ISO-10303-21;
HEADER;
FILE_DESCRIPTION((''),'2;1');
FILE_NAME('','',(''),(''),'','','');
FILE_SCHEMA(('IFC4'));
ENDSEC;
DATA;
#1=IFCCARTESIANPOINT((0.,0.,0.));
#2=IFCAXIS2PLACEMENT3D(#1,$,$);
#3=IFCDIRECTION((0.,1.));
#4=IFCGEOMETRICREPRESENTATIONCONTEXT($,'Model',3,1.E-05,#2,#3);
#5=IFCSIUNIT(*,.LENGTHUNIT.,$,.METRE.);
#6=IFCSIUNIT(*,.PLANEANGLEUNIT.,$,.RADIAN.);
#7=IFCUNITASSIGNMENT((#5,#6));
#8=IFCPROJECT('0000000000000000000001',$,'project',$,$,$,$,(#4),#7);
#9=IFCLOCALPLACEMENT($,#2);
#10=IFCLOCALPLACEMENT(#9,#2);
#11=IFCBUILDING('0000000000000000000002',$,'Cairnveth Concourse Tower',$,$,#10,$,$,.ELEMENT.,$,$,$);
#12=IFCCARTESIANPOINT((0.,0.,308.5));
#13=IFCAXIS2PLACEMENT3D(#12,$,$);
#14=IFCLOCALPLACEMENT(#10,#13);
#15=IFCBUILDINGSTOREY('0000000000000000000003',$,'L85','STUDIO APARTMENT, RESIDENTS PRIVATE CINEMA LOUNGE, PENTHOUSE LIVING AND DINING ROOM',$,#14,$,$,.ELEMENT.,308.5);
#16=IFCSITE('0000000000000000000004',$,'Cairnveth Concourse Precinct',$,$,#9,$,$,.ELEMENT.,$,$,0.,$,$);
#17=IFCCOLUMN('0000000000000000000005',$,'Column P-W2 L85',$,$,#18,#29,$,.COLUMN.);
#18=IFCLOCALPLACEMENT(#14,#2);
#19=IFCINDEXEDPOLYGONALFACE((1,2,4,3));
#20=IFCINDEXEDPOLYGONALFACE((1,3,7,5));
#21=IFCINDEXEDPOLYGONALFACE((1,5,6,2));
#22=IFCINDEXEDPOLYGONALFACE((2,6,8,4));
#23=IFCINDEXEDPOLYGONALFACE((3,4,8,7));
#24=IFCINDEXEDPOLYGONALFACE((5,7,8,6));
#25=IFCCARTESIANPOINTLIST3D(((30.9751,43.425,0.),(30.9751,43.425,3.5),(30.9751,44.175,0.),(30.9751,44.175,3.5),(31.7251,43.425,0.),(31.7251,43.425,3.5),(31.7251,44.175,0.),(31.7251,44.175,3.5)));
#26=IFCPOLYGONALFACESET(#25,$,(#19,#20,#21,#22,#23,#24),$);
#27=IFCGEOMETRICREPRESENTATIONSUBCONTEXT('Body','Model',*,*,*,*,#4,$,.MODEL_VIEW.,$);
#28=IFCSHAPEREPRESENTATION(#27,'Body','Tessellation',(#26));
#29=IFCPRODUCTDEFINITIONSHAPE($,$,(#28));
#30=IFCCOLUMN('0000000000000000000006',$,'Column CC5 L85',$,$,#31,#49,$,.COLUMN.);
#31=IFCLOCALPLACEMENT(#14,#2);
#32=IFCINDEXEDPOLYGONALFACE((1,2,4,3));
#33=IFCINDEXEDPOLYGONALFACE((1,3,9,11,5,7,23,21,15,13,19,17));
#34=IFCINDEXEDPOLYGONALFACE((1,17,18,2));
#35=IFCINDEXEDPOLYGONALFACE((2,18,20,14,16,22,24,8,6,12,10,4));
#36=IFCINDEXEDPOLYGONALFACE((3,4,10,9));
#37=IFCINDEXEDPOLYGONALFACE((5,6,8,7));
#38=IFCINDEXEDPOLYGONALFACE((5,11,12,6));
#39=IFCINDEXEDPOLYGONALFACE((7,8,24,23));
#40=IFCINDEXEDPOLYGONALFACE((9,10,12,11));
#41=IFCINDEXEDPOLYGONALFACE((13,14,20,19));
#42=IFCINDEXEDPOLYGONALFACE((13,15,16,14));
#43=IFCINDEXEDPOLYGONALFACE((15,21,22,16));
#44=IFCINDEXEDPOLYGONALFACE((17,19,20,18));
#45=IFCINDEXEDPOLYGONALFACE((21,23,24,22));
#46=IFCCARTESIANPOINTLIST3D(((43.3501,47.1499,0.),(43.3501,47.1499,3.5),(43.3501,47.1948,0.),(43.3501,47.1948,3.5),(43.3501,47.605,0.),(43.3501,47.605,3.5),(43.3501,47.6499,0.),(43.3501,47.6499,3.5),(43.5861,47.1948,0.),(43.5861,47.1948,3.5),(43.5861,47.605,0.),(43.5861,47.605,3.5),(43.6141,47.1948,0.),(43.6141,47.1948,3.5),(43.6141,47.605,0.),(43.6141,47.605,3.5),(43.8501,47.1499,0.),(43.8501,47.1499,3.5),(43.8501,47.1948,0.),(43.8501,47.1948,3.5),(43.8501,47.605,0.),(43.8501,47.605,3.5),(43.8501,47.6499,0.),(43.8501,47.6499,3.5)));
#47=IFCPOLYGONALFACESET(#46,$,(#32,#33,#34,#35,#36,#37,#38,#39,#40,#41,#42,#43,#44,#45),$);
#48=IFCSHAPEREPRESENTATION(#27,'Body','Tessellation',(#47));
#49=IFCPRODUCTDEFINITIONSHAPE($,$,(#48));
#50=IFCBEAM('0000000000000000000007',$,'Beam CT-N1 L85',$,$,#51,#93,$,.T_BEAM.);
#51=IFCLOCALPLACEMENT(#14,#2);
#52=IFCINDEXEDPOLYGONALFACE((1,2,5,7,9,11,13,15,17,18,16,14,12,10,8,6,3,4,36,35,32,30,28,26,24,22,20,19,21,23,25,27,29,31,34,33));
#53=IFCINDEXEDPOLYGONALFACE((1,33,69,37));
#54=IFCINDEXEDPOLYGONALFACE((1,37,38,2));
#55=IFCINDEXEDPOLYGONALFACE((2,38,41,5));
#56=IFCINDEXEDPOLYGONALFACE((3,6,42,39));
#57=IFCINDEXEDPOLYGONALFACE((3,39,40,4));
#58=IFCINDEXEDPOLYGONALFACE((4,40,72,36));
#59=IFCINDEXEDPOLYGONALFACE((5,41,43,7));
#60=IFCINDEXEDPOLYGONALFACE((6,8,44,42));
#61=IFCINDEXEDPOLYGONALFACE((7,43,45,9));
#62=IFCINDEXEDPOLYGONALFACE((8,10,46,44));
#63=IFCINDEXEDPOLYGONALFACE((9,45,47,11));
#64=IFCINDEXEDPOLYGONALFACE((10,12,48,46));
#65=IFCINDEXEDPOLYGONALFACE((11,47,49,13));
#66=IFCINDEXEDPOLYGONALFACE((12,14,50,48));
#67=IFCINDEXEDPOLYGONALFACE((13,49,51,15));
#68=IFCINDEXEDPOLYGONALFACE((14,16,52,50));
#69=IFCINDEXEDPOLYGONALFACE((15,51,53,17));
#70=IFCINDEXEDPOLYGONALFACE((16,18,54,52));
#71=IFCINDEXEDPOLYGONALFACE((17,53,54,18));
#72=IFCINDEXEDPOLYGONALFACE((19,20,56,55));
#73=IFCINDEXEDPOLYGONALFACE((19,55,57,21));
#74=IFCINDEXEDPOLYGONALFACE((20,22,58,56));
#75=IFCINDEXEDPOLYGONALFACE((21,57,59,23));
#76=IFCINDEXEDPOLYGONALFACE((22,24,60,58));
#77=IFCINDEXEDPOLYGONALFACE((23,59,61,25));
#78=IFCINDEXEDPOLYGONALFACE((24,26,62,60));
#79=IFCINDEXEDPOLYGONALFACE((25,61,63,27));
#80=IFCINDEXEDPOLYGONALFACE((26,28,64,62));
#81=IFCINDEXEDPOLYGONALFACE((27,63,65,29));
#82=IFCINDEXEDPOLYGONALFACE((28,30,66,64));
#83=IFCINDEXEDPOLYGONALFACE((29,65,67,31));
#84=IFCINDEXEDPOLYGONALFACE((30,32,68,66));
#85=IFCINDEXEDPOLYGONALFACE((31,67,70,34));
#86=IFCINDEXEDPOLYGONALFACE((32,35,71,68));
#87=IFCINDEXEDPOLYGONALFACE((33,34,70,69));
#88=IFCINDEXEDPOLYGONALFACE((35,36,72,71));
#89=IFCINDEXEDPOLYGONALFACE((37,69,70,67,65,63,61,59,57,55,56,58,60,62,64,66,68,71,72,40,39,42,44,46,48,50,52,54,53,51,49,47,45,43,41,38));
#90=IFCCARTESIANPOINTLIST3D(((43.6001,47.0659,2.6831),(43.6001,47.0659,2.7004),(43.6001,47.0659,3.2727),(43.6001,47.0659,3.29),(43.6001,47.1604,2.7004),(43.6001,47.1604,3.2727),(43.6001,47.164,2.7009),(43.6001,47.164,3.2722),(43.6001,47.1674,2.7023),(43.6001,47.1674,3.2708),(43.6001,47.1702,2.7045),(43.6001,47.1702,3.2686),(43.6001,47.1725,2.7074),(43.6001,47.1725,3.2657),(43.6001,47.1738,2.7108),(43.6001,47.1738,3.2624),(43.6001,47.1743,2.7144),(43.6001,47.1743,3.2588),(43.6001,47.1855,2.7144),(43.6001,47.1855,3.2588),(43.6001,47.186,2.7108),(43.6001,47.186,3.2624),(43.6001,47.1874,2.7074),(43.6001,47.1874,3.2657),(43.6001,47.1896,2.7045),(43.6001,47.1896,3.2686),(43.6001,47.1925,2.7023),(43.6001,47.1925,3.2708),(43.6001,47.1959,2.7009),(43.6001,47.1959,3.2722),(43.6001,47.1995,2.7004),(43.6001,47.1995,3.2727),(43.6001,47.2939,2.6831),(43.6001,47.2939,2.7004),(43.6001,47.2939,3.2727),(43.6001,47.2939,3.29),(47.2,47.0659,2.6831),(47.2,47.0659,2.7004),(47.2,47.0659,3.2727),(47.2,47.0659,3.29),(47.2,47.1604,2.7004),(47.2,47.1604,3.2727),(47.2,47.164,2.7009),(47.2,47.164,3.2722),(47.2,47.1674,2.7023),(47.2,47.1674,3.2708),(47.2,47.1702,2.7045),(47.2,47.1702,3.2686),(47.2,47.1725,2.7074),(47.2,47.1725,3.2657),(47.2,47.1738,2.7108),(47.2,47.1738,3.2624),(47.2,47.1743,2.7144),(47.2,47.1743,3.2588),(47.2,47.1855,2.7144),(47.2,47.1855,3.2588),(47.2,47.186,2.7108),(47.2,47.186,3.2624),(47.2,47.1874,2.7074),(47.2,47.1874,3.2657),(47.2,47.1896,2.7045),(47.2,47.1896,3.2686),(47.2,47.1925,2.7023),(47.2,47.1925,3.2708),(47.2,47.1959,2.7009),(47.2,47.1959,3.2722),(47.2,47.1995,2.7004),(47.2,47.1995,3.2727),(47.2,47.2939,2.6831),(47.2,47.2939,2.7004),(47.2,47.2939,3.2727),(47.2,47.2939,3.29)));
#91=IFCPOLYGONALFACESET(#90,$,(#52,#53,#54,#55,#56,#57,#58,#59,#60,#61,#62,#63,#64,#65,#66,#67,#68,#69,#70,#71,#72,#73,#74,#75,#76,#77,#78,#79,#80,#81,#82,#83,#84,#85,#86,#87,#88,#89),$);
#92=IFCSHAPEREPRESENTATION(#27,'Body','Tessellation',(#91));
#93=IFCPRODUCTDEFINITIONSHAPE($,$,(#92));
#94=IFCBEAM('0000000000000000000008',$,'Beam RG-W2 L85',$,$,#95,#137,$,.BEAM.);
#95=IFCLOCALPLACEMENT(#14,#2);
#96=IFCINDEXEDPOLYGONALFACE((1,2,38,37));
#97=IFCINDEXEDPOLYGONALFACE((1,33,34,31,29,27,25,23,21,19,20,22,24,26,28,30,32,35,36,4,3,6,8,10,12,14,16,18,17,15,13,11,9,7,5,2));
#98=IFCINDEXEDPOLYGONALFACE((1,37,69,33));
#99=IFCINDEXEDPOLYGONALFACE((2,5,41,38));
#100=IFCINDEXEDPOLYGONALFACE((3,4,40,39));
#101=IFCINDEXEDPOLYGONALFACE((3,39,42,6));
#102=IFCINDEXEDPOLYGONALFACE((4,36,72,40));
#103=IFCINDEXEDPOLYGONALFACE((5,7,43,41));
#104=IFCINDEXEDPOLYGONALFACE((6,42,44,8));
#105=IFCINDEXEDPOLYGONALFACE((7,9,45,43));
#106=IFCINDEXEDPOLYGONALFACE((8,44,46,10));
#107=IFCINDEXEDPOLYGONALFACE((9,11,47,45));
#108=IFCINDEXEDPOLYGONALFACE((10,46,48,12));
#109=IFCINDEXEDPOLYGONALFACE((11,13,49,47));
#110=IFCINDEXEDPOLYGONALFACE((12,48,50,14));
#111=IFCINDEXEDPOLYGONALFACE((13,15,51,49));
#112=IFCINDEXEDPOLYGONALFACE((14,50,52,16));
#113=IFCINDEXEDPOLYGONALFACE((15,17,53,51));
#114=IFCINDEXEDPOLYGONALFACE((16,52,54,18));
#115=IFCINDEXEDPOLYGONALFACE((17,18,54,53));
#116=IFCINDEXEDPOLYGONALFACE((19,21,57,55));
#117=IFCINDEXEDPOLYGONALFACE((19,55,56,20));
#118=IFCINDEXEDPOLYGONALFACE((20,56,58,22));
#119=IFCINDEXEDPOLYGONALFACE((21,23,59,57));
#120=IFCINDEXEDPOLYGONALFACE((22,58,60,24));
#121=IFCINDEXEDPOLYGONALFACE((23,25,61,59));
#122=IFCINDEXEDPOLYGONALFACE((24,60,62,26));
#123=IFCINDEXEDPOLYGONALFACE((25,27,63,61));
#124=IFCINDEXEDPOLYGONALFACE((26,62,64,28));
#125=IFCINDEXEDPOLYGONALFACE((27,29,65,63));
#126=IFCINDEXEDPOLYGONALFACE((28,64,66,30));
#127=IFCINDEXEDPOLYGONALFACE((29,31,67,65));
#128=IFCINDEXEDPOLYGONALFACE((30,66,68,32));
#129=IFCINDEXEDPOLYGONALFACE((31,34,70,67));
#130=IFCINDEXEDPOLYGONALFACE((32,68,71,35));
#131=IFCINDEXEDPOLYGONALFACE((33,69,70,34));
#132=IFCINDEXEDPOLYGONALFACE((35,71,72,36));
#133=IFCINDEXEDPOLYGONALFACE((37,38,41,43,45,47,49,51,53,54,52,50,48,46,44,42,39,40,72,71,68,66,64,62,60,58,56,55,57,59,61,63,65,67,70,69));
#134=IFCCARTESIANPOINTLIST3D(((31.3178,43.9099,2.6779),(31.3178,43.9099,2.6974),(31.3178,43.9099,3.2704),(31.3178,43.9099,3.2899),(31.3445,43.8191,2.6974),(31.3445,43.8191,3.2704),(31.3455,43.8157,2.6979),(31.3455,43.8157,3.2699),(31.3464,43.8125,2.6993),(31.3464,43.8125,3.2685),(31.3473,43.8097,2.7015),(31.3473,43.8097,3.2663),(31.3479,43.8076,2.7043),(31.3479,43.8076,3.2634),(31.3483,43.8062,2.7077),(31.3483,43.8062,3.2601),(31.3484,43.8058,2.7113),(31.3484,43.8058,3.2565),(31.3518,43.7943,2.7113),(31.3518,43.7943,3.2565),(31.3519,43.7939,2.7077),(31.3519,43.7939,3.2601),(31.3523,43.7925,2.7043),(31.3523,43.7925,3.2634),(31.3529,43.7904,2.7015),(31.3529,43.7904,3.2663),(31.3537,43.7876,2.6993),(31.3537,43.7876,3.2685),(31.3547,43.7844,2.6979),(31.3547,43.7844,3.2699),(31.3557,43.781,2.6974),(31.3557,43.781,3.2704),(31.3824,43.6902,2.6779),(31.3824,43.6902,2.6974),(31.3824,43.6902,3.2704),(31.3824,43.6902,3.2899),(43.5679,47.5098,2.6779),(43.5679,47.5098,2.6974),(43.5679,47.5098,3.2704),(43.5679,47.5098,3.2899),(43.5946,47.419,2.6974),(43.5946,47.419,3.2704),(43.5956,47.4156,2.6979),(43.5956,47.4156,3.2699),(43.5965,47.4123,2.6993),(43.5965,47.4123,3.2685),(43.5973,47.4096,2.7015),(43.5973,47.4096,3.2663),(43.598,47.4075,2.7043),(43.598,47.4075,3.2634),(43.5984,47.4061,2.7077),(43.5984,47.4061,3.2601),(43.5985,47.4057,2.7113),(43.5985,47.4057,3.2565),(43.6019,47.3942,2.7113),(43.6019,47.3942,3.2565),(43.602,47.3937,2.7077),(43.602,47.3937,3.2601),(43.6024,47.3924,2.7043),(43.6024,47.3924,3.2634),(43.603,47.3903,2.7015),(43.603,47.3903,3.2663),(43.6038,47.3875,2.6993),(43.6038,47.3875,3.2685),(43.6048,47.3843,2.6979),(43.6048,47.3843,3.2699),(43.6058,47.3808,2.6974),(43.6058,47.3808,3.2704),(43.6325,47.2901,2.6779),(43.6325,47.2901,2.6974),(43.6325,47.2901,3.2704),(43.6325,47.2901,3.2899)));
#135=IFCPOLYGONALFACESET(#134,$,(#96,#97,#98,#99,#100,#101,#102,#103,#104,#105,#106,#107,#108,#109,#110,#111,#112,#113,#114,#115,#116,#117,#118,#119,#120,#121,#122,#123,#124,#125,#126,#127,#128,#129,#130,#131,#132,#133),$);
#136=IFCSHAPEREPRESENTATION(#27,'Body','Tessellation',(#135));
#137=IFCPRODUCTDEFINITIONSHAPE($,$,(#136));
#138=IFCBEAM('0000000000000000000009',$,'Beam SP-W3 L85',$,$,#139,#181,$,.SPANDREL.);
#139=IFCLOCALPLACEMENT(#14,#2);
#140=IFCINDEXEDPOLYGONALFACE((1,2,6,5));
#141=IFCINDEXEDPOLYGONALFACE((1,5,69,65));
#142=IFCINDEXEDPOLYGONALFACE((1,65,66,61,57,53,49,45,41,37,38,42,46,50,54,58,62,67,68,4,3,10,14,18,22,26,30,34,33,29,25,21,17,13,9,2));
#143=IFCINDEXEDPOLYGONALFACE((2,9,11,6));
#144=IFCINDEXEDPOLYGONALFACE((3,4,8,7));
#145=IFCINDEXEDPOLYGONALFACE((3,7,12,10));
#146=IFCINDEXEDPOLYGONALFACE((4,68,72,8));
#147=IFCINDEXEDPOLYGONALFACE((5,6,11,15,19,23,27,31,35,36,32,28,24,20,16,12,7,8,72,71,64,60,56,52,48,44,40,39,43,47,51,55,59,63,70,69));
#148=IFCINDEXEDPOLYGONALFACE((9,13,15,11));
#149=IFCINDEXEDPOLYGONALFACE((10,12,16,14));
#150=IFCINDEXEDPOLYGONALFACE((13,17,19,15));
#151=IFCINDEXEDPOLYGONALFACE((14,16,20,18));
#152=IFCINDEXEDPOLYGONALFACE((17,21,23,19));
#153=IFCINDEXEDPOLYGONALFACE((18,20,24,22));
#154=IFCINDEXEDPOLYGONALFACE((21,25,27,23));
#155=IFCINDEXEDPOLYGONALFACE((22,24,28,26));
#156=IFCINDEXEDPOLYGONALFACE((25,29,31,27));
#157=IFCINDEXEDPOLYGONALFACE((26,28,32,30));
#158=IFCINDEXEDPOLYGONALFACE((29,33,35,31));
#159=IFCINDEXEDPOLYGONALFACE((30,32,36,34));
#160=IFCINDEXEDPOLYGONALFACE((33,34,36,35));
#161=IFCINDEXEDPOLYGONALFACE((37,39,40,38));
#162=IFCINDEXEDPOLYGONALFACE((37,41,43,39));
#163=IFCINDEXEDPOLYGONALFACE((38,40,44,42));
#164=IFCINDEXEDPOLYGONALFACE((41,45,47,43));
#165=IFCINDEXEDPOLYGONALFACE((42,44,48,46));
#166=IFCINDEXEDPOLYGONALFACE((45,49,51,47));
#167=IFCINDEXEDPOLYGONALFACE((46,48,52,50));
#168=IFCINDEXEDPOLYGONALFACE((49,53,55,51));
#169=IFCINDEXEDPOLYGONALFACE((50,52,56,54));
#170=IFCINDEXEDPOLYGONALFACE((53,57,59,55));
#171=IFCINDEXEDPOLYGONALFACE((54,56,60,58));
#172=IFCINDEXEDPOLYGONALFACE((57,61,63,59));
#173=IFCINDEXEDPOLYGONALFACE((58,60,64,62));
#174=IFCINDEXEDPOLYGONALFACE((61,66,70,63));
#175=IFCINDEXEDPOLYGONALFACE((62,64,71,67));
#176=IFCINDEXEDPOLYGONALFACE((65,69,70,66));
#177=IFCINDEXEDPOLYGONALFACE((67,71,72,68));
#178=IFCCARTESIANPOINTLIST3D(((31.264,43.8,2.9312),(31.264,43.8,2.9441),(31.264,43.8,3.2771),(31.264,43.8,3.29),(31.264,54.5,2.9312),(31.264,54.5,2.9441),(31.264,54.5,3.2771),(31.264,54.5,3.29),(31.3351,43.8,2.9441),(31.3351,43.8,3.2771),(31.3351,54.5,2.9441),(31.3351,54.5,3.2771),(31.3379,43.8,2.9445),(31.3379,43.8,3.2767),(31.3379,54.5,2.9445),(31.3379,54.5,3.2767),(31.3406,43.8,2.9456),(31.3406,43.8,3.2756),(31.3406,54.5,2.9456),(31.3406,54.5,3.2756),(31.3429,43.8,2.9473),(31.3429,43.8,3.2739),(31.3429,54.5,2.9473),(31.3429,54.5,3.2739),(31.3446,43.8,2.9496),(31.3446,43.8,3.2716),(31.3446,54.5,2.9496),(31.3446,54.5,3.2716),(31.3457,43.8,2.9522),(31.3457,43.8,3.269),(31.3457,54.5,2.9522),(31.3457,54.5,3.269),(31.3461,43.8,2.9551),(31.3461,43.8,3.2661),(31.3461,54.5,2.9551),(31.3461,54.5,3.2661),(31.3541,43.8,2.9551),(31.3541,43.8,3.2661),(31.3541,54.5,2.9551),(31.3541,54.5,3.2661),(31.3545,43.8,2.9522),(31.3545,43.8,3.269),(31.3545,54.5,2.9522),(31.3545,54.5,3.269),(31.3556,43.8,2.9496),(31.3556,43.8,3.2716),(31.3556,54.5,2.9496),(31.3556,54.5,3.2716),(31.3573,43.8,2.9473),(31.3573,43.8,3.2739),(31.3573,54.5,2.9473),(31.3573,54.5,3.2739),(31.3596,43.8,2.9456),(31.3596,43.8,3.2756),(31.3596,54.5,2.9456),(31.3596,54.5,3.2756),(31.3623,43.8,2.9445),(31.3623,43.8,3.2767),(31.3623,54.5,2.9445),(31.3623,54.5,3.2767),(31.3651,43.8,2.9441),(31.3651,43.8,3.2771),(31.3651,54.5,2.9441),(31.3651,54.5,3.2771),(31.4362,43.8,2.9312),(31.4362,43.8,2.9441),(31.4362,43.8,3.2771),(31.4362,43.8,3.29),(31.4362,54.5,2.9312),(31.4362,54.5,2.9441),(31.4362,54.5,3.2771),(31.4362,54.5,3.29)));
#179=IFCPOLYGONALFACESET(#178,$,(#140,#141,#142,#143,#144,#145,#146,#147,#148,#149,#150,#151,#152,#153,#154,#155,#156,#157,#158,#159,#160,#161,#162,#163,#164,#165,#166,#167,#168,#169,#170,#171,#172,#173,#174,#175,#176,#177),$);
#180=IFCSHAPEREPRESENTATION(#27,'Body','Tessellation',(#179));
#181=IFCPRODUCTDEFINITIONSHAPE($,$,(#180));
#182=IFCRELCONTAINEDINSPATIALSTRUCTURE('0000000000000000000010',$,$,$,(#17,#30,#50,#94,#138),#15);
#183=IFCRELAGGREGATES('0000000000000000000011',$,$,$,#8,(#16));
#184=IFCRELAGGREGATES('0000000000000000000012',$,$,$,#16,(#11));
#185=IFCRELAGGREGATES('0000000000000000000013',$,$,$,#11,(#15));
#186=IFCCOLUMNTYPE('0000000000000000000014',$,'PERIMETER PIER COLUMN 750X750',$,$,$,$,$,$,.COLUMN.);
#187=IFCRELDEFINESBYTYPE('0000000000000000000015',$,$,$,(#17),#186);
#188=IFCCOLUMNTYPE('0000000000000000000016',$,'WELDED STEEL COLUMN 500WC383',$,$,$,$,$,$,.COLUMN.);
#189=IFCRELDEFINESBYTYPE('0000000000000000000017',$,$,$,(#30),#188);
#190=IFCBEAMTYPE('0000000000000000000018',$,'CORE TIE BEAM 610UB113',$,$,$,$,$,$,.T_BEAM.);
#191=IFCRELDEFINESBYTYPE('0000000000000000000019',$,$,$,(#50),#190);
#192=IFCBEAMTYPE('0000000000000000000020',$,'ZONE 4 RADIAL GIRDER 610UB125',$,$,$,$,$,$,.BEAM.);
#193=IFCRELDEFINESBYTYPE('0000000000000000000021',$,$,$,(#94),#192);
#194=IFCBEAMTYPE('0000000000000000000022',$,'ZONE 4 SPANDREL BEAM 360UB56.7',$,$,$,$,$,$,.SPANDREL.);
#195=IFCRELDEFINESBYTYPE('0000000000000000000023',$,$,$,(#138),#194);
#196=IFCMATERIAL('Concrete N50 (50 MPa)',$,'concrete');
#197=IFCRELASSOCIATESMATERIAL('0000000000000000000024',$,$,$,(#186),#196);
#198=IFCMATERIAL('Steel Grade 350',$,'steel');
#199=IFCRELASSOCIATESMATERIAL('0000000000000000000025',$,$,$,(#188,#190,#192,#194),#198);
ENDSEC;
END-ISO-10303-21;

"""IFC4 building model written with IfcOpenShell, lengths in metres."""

from ifc_helpers import new_model, si_unit, direction, frame, origin, origin_2d, place, context, subcontext, project, spatial, rectangle, i_section, extrude, material, material_profile, profile_set, type_object, element, save


model = new_model("IFC4")

# Units and contexts
model_context = context("Model", 3, precision=1e-05, world=origin(), true_north=direction((0.0, 1.0)))
body_context = subcontext(model_context, "Body", "Model", "MODEL_VIEW")
ifc_project = project(units=[si_unit("LENGTHUNIT", "METRE"), si_unit("PLANEANGLEUNIT", "RADIAN")], contexts=[model_context])

# Site, building, storey
site_placement = place(None, origin())
site = spatial("IfcSite", under=ifc_project, at=site_placement, Name="Cairnveth Concourse Precinct", CompositionType="ELEMENT", RefElevation=0.0)
building_placement = place(site_placement, origin())
building = spatial("IfcBuilding", under=site, at=building_placement, Name="Cairnveth Concourse Tower", CompositionType="ELEMENT")
storey_placement = place(building_placement, frame((0.0, 0.0, 308.5)))
storey = spatial("IfcBuildingStorey", under=building, at=storey_placement, Name="L85", Description="STUDIO APARTMENT, RESIDENTS PRIVATE CINEMA LOUNGE, PENTHOUSE LIVING AND DINING ROOM", CompositionType="ELEMENT", Elevation=308.5)

# Columns
ifc_material_1 = material(Name="Concrete N50 (50 MPa)", Category="concrete")
ifc_material_profile_1 = material_profile(ifc_material_1, rectangle(XDim=0.75, YDim=0.75, at=origin_2d()), Name="RC-COL-750x750")
ifc_profile_set_1 = profile_set([ifc_material_profile_1], Name="Concrete N50 (50 MPa)")
column_type_1 = type_object("IfcColumnType", Name="PERIMETER PIER COLUMN 750X750", PredefinedType="COLUMN", material=ifc_profile_set_1)
column_1_placement = place(storey_placement, frame((31.3501, 43.8, 0.0), z_axis=(0.0, 0.0, 1.0), x_axis=(0.0, 1.0, 0.0)))
element("IfcColumn", 1, at=column_1_placement, inside=storey, type_object=column_type_1, Name="Column P-W2 L85", PredefinedType="COLUMN", context=body_context, shape_type="SweptSolid", body=[
    extrude(rectangle(XDim=0.75, YDim=0.75, at=origin_2d()), origin(), (0.0, 0.0, 1.0), 3.5),
])
ifc_material_2 = material(Name="Steel Grade 350", Category="steel")
ifc_material_profile_2 = material_profile(ifc_material_2, i_section(OverallWidth=0.5, OverallDepth=0.5, WebThickness=0.0281, FlangeThickness=0.0449, at=origin_2d()), Name="500WC383")
ifc_profile_set_2 = profile_set([ifc_material_profile_2], Name="Steel Grade 350")
column_type_2 = type_object("IfcColumnType", Name="WELDED STEEL COLUMN 500WC383", PredefinedType="COLUMN", material=ifc_profile_set_2)
column_2_placement = place(storey_placement, frame((43.6001, 47.3999, 0.0), z_axis=(0.0, 0.0, 1.0), x_axis=(1.0, 0.0, 0.0)))
element("IfcColumn", 2, at=column_2_placement, inside=storey, type_object=column_type_2, Name="Column CC5 L85", PredefinedType="COLUMN", context=body_context, shape_type="SweptSolid", body=[
    extrude(i_section(OverallWidth=0.5, OverallDepth=0.5, WebThickness=0.0281, FlangeThickness=0.0449, at=origin_2d()), origin(), (0.0, 0.0, 1.0), 3.5),
])

# Beams
ifc_material_profile_3 = material_profile(ifc_material_2, i_section(OverallWidth=0.228, OverallDepth=0.6069, WebThickness=0.0112, FlangeThickness=0.0173, FilletRadius=0.0139, at=origin_2d()), Name="610UB113")
ifc_profile_set_3 = profile_set([ifc_material_profile_3], Name="Steel Grade 350")
beam_type_1 = type_object("IfcBeamType", Name="CORE TIE BEAM 610UB113", PredefinedType="T_BEAM", material=ifc_profile_set_3)
beam_1_placement = place(storey_placement, frame((43.6001, 47.1799, 2.9866), z_axis=(1.0, 0.0, 0.0), x_axis=(0.0, 1.0, 0.0)))
element("IfcBeam", 3, at=beam_1_placement, inside=storey, type_object=beam_type_1, Name="Beam CT-N1 L85", PredefinedType="T_BEAM", context=body_context, shape_type="SweptSolid", body=[
    extrude(i_section(OverallWidth=0.228, OverallDepth=0.6069, WebThickness=0.0112, FlangeThickness=0.0173, FilletRadius=0.0139, at=origin_2d()), origin(), (0.0, 0.0, 1.0), 3.5999),
])
ifc_material_profile_4 = material_profile(ifc_material_2, i_section(OverallWidth=0.229, OverallDepth=0.6121, WebThickness=0.012, FlangeThickness=0.0195, FilletRadius=0.0139, at=origin_2d()), Name="610UB125")
ifc_profile_set_4 = profile_set([ifc_material_profile_4], Name="Steel Grade 350")
beam_type_2 = type_object("IfcBeamType", Name="ZONE 4 RADIAL GIRDER 610UB125", PredefinedType="BEAM", material=ifc_profile_set_4)
beam_2_placement = place(storey_placement, frame((31.3501, 43.8, 2.9839), z_axis=(0.959431, 0.281944, 0.0), x_axis=(-0.281944, 0.959431, 0.0)))
element("IfcBeam", 4, at=beam_2_placement, inside=storey, type_object=beam_type_2, Name="Beam RG-W2 L85", PredefinedType="BEAM", context=body_context, shape_type="SweptSolid", body=[
    extrude(i_section(OverallWidth=0.229, OverallDepth=0.6121, WebThickness=0.012, FlangeThickness=0.0195, FilletRadius=0.0139, at=origin_2d()), origin(), (0.0, 0.0, 1.0), 12.7681),
])
ifc_material_profile_5 = material_profile(ifc_material_2, i_section(OverallWidth=0.1721, OverallDepth=0.3589, WebThickness=0.0081, FlangeThickness=0.0129, FilletRadius=0.011, at=origin_2d()), Name="360UB56.7")
ifc_profile_set_5 = profile_set([ifc_material_profile_5], Name="Steel Grade 350")
beam_type_3 = type_object("IfcBeamType", Name="ZONE 4 SPANDREL BEAM 360UB56.7", PredefinedType="SPANDREL", material=ifc_profile_set_5)
beam_3_placement = place(storey_placement, frame((31.3501, 43.8, 3.1106), z_axis=(0.0, 1.0, 0.0), x_axis=(-1.0, 0.0, 0.0)))
element("IfcBeam", 5, at=beam_3_placement, inside=storey, type_object=beam_type_3, Name="Beam SP-W3 L85", PredefinedType="SPANDREL", context=body_context, shape_type="SweptSolid", body=[
    extrude(i_section(OverallWidth=0.1721, OverallDepth=0.3589, WebThickness=0.0081, FlangeThickness=0.0129, FilletRadius=0.011, at=origin_2d()), origin(), (0.0, 0.0, 1.0), 10.7),
])

save(model, "model.ifc")
